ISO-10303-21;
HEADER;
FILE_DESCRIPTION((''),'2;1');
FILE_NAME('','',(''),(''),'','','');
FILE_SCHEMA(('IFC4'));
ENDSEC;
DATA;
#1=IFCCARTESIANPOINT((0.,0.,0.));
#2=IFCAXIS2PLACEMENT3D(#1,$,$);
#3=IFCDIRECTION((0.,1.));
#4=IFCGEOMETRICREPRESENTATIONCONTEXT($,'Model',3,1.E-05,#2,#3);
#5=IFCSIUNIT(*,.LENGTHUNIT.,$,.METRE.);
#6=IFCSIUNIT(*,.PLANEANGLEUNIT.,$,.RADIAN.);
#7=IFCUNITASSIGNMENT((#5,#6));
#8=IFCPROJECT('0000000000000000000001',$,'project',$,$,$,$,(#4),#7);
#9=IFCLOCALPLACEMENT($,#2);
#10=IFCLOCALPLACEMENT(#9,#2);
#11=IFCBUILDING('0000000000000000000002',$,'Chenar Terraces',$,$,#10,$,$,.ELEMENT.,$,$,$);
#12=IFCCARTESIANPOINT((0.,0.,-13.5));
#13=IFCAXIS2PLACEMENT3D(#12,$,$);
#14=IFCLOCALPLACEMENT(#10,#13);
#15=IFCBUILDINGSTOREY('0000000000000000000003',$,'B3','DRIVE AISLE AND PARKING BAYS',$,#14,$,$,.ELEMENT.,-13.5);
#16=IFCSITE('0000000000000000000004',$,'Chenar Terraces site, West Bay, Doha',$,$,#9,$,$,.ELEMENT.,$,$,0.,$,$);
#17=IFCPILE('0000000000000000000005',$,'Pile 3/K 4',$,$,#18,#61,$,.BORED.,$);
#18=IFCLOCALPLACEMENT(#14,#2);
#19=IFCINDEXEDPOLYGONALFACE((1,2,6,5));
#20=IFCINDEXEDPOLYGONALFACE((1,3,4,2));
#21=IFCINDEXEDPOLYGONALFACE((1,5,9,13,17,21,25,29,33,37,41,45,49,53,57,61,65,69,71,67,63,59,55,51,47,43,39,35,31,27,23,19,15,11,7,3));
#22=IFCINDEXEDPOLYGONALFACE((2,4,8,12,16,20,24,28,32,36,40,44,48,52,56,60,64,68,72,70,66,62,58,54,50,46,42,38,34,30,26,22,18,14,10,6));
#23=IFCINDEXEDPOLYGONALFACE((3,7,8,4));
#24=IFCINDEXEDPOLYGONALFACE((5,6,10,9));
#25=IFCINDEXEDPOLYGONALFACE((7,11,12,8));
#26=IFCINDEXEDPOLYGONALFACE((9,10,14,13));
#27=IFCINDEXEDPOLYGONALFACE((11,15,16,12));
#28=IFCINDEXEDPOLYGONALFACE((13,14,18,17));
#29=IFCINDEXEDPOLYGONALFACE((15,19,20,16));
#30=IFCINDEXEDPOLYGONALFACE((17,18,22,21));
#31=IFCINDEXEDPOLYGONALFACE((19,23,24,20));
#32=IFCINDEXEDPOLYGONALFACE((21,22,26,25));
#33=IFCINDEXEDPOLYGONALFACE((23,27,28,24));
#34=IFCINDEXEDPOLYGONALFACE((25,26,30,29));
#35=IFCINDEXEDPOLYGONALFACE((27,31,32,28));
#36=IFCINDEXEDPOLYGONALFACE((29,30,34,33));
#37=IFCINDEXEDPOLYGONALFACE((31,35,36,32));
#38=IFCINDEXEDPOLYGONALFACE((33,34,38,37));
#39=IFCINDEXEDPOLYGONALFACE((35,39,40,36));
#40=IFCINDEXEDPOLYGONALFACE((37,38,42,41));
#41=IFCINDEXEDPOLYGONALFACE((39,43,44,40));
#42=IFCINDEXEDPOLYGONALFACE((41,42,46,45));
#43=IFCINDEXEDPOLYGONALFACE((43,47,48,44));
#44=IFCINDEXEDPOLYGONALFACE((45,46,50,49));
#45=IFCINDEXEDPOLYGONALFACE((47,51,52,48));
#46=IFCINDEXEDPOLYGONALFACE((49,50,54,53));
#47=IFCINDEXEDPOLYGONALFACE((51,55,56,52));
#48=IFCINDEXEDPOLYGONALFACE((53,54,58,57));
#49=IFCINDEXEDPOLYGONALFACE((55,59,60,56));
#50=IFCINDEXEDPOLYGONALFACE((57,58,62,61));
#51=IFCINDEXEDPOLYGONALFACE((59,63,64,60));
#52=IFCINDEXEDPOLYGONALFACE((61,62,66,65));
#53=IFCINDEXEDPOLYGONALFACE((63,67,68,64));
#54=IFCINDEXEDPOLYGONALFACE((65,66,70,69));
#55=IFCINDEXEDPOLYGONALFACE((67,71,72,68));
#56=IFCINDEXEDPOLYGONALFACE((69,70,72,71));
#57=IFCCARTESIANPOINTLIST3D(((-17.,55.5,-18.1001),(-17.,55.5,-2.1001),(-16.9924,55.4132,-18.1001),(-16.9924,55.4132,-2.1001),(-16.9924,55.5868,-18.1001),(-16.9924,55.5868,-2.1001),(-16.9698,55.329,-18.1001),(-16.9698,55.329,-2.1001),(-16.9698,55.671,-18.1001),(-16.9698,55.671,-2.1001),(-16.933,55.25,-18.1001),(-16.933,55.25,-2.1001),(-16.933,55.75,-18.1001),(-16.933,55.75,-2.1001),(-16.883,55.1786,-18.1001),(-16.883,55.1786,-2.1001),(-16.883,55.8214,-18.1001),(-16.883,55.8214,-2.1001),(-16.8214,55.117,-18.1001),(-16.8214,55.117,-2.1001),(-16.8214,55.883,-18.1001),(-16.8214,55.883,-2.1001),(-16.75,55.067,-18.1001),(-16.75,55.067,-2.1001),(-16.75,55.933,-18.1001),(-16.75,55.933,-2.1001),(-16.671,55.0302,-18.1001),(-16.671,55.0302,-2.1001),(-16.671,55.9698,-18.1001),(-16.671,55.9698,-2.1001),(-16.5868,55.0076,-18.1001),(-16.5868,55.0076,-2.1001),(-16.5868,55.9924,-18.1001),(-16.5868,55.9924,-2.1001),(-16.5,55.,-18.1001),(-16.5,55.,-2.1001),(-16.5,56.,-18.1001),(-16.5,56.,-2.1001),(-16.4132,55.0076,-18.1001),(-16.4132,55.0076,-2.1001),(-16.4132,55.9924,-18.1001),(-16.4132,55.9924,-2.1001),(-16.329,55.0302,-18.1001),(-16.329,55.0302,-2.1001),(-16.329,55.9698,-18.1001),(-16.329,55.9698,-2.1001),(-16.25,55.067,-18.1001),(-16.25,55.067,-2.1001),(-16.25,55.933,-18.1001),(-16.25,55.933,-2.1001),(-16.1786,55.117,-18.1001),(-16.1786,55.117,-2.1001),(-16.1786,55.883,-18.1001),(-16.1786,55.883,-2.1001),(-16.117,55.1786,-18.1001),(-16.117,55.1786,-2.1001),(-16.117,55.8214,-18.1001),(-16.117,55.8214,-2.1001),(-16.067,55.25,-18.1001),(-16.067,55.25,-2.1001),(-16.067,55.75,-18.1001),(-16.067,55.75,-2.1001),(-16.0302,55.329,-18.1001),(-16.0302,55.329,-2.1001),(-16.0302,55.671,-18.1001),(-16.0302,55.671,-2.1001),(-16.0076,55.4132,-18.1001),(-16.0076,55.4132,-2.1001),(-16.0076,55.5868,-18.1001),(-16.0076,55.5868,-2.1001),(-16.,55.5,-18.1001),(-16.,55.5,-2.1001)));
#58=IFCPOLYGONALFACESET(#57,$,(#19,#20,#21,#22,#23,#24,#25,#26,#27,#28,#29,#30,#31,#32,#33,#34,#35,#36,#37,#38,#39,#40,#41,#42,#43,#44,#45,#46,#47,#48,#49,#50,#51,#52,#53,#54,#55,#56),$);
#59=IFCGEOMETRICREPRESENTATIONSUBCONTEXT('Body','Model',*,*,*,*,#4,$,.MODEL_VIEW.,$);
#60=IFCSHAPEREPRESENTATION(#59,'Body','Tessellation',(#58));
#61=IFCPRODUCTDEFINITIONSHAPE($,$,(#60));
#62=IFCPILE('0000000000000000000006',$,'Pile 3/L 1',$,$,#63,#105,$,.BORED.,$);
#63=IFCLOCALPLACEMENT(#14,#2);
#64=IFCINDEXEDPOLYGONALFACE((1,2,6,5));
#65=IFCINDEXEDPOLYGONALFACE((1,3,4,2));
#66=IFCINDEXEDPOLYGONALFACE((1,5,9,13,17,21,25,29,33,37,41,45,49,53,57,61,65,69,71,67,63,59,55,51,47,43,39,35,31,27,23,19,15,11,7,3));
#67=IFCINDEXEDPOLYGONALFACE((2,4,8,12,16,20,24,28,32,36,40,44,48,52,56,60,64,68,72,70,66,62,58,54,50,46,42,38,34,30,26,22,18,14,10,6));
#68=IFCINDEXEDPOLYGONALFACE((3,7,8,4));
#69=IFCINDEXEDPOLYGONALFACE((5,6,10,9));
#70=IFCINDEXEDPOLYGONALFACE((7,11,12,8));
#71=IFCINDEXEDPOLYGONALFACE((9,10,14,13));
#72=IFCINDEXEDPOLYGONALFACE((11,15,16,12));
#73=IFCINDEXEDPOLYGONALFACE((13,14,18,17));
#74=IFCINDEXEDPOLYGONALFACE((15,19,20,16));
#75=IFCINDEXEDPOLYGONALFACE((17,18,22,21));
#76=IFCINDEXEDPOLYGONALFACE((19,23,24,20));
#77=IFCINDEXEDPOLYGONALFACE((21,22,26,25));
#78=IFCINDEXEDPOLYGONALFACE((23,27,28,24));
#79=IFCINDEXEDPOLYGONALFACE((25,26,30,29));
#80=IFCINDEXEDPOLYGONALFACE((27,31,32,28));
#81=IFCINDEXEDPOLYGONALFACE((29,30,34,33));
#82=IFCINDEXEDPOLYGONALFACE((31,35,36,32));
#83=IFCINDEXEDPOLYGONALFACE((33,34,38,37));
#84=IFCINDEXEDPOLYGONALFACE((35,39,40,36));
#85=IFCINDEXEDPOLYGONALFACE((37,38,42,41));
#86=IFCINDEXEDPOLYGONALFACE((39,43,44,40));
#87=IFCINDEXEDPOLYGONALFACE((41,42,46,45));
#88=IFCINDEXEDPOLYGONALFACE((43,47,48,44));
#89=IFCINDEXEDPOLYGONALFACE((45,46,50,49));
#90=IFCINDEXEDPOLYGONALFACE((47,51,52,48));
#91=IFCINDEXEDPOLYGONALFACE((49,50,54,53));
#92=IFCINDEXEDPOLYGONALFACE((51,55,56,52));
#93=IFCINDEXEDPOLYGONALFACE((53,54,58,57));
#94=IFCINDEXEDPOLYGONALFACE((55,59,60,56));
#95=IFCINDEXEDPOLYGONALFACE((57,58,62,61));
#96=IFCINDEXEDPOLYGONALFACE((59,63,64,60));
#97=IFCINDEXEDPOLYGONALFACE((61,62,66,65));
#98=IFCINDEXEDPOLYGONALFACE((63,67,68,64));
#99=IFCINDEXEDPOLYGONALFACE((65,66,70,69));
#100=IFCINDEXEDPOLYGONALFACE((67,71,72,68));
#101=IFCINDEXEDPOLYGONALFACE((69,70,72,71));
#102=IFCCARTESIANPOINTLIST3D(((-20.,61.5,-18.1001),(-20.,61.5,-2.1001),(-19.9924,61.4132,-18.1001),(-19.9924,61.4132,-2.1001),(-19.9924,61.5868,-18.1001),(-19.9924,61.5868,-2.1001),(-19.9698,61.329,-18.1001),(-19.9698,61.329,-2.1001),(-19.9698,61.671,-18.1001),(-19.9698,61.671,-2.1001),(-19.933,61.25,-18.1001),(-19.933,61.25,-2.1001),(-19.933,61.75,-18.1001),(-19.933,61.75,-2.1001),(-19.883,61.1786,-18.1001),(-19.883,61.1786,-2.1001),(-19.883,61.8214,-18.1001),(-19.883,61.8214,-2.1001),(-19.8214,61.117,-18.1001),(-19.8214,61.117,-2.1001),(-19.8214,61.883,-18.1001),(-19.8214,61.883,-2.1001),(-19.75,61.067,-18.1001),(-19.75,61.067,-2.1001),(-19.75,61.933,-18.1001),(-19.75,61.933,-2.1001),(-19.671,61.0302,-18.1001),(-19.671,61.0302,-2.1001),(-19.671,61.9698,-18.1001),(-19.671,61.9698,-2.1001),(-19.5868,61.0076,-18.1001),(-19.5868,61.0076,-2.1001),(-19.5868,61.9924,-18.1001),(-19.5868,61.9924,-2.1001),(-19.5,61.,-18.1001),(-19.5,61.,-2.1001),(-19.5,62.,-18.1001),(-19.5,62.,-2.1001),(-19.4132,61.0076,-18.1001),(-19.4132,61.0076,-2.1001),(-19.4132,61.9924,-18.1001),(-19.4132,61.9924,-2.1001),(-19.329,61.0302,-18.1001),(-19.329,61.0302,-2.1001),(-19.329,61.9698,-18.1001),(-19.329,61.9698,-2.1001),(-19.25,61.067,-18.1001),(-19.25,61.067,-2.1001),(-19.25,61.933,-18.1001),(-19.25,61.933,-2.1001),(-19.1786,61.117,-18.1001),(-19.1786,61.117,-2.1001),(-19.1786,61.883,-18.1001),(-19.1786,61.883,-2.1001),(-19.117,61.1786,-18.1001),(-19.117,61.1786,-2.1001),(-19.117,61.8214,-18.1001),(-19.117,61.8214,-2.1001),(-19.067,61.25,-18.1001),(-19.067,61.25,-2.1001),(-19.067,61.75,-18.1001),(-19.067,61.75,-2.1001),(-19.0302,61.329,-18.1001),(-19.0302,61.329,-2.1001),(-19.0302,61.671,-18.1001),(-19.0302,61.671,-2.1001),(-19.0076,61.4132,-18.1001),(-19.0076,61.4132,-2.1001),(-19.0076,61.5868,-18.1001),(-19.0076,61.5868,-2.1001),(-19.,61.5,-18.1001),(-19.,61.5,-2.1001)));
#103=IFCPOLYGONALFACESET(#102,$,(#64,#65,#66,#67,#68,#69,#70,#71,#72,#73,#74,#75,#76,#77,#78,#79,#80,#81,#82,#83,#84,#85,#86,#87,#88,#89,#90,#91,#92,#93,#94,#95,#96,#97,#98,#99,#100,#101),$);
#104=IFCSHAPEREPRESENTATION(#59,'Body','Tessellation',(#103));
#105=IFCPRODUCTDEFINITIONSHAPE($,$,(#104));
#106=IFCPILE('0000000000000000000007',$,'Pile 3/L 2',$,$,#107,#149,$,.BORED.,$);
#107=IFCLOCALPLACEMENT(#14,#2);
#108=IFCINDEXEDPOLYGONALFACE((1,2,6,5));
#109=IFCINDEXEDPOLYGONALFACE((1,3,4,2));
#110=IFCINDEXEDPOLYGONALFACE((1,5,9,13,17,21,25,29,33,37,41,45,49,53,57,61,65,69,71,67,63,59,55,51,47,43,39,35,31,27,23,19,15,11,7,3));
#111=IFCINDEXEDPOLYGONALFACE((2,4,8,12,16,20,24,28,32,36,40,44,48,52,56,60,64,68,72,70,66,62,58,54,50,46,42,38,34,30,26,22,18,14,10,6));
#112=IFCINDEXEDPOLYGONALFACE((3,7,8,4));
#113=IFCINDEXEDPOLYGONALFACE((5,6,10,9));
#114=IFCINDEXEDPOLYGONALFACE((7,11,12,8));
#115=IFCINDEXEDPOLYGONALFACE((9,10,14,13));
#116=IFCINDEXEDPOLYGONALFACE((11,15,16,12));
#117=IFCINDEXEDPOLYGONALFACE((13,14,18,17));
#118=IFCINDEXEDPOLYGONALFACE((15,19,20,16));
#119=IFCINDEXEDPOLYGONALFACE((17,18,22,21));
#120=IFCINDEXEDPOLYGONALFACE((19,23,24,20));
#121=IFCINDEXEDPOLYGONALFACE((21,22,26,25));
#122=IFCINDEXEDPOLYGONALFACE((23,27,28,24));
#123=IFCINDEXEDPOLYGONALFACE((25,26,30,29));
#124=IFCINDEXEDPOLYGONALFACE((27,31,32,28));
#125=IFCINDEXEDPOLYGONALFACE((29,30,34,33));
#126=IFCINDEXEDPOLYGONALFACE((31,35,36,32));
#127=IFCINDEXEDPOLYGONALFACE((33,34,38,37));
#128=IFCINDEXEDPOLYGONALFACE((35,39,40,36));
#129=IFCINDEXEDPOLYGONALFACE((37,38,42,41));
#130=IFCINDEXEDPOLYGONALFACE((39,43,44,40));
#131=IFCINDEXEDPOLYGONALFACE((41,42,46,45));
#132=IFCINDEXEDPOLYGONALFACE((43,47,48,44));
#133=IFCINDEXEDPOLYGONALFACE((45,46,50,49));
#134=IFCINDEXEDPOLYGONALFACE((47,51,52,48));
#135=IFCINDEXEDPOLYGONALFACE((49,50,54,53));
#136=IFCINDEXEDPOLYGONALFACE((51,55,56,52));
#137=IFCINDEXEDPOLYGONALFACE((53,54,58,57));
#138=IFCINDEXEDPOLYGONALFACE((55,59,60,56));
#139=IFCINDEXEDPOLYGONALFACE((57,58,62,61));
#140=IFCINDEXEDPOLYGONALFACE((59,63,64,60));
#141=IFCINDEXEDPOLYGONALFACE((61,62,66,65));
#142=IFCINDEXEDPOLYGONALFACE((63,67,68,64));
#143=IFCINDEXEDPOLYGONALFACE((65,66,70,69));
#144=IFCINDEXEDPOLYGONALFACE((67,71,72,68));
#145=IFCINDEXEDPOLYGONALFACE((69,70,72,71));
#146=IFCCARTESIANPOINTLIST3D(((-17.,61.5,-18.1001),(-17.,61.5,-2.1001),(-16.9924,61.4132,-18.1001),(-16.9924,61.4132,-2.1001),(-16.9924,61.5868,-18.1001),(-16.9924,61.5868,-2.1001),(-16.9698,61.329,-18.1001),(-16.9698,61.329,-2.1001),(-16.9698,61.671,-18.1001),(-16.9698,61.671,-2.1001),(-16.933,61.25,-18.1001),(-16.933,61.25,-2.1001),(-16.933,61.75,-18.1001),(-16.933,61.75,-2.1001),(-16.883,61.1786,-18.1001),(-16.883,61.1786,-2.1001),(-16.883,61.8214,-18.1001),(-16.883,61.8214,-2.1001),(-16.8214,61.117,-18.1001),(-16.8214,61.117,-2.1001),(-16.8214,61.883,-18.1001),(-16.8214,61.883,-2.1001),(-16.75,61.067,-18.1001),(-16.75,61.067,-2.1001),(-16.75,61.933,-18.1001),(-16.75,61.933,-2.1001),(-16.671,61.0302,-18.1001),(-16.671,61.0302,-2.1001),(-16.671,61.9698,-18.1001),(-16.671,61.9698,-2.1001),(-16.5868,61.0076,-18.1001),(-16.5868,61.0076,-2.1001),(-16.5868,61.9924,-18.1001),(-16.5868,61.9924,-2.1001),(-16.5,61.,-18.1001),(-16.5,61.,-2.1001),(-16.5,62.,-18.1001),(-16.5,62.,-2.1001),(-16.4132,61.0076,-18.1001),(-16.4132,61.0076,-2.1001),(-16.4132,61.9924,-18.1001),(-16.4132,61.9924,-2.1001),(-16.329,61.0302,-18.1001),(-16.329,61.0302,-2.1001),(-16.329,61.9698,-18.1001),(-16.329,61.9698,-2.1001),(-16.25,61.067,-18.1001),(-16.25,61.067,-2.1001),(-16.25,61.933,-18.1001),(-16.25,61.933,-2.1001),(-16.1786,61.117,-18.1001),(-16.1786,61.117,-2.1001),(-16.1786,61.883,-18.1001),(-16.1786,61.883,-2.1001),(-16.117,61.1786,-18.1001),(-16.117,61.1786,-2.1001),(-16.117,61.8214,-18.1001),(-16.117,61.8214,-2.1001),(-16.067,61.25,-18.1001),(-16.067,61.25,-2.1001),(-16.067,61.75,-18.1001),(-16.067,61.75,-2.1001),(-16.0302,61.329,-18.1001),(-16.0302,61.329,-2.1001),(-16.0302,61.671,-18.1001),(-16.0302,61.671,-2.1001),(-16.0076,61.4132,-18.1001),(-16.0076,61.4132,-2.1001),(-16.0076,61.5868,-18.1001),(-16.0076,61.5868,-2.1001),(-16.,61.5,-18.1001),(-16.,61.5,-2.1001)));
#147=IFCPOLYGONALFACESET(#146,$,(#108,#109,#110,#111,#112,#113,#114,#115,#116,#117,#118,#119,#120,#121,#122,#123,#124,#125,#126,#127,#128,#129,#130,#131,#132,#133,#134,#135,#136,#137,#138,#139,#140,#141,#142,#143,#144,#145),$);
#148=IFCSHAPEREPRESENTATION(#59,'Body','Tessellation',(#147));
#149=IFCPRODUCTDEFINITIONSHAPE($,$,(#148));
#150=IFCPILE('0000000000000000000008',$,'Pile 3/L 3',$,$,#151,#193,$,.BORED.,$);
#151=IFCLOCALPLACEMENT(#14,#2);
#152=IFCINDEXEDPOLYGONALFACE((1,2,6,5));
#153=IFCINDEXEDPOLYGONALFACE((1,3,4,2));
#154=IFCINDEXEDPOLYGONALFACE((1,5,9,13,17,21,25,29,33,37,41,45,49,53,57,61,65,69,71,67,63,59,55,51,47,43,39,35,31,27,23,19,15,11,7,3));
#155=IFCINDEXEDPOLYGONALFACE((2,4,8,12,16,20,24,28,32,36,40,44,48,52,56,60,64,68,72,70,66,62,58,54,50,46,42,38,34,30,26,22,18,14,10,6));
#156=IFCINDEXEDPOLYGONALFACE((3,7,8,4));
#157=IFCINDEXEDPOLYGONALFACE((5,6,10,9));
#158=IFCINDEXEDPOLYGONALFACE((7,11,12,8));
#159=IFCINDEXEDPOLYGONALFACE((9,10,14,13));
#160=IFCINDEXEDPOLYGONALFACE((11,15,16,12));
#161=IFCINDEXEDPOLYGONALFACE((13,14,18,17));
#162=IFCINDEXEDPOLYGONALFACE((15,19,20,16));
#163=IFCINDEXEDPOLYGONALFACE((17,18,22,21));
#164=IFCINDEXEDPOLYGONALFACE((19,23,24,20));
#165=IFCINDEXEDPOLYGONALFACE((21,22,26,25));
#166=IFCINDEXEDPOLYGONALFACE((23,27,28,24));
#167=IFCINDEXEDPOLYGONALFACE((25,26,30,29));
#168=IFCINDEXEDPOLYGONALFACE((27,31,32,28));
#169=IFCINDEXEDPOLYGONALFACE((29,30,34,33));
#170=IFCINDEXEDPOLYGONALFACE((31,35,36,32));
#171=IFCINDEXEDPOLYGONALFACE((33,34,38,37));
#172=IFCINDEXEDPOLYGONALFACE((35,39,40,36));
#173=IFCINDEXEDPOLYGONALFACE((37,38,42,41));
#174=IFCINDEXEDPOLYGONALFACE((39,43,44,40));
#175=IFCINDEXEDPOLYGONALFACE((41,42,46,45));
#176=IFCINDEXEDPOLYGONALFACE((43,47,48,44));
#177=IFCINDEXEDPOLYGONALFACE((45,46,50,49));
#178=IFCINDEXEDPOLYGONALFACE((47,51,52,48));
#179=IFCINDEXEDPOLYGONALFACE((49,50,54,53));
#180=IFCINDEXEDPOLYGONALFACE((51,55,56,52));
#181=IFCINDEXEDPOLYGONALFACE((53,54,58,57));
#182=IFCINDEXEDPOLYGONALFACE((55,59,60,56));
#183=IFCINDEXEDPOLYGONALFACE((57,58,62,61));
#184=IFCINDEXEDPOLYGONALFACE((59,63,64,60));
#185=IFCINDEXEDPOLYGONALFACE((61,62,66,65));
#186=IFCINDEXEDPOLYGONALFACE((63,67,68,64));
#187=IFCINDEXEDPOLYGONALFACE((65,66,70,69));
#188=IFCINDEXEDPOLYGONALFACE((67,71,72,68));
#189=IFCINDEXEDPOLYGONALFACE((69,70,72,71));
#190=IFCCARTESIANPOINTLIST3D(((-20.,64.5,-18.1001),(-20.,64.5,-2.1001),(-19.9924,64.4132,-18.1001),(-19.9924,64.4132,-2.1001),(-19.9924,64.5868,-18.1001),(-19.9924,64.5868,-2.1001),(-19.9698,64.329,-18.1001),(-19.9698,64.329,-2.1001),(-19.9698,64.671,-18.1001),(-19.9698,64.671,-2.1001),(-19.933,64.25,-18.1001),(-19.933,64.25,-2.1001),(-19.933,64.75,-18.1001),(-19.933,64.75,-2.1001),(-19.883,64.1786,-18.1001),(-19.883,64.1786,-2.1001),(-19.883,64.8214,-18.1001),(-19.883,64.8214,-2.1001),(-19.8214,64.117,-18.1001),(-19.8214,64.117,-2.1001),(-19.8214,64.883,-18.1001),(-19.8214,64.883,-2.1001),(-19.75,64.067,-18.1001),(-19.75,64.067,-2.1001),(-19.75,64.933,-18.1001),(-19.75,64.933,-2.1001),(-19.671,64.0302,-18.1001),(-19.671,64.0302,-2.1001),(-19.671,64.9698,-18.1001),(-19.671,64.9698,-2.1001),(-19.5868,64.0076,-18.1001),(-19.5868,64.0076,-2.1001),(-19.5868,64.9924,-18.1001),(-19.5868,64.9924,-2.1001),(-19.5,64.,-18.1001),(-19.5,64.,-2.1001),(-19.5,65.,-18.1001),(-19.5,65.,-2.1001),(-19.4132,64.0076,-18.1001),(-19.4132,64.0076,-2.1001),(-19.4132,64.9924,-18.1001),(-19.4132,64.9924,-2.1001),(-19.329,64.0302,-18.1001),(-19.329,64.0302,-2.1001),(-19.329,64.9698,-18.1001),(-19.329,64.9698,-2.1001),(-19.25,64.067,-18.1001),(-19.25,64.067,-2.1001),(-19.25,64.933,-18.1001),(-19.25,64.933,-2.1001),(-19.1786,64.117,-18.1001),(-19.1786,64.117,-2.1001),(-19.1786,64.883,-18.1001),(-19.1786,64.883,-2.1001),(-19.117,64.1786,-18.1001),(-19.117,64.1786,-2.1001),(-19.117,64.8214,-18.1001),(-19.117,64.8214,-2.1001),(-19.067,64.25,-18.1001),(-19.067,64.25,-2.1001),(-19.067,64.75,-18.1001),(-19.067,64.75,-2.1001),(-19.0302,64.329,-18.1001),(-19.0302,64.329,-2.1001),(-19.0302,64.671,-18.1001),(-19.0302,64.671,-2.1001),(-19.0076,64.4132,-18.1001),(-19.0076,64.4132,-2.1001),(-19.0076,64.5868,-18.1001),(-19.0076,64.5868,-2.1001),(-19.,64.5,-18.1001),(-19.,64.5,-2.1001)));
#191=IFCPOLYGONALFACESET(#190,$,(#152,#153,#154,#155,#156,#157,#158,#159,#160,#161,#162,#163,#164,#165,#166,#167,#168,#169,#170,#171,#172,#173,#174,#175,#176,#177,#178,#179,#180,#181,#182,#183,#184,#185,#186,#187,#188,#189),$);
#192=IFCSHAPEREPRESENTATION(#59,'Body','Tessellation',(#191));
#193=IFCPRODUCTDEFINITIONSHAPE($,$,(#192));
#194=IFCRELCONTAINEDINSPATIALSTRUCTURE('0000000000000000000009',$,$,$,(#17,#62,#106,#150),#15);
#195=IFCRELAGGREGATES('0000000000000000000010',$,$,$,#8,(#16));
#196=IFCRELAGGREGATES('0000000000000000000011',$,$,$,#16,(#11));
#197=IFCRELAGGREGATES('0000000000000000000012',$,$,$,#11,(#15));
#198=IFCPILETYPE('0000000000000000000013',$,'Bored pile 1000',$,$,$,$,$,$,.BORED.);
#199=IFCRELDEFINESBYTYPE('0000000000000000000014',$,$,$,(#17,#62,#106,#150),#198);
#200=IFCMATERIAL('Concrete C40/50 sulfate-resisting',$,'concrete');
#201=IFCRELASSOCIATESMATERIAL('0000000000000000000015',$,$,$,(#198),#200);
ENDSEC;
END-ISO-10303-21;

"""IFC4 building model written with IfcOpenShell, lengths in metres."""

from ifc_helpers import new_model, si_unit, direction, frame, origin, origin_2d, place, context, subcontext, project, spatial, circle, extrude, material, material_profile, profile_set, type_object, element, save


model = new_model("IFC4")

# Units and contexts
model_context = context("Model", 3, precision=1e-05, world=origin(), true_north=direction((0.0, 1.0)))
body_context = subcontext(model_context, "Body", "Model", "MODEL_VIEW")
ifc_project = project(units=[si_unit("LENGTHUNIT", "METRE"), si_unit("PLANEANGLEUNIT", "RADIAN")], contexts=[model_context])

# Site, building, storey
site_placement = place(None, origin())
site = spatial("IfcSite", under=ifc_project, at=site_placement, Name="Chenar Terraces site, West Bay, Doha", CompositionType="ELEMENT", RefElevation=0.0)
building_placement = place(site_placement, origin())
building = spatial("IfcBuilding", under=site, at=building_placement, Name="Chenar Terraces", CompositionType="ELEMENT")
storey_placement = place(building_placement, frame((0.0, 0.0, -13.5)))
storey = spatial("IfcBuildingStorey", under=building, at=storey_placement, Name="B3", Description="DRIVE AISLE AND PARKING BAYS", CompositionType="ELEMENT", Elevation=-13.5)

# Piles
ifc_material_1 = material(Name="Concrete C40/50 sulfate-resisting", Category="concrete")
ifc_material_profile_1 = material_profile(ifc_material_1, circle(Radius=0.5, at=origin_2d()), Name="BP 1000")
ifc_profile_set_1 = profile_set([ifc_material_profile_1], Name="Concrete C40/50 sulfate-resisting")
pile_type_1 = type_object("IfcPileType", Name="Bored pile 1000", PredefinedType="BORED", material=ifc_profile_set_1)
for number, where, z_axis, x_axis, name in (
    (1, (-16.5, 55.5, -2.1001), (0.0, 0.0, -1.0), (1.0, 0.0, 0.0), "Pile 3/K 4"),
    (2, (-19.5, 61.5, -2.1001), (0.0, 0.0, -1.0), (1.0, 0.0, 0.0), "Pile 3/L 1"),
    (3, (-16.5, 61.5, -2.1001), (0.0, 0.0, -1.0), (1.0, 0.0, 0.0), "Pile 3/L 2"),
    (4, (-19.5, 64.5, -2.1001), (0.0, 0.0, -1.0), (1.0, 0.0, 0.0), "Pile 3/L 3"),
):
    element("IfcPile", number, at=place(storey_placement, frame(where, z_axis=z_axis, x_axis=x_axis)), inside=storey, type_object=pile_type_1, Name=name, PredefinedType="BORED", context=body_context, shape_type="SweptSolid", body=[
        extrude(circle(Radius=0.5, at=origin_2d()), origin(), (0.0, 0.0, 1.0), 16.0),
    ])

save(model, "model.ifc")
